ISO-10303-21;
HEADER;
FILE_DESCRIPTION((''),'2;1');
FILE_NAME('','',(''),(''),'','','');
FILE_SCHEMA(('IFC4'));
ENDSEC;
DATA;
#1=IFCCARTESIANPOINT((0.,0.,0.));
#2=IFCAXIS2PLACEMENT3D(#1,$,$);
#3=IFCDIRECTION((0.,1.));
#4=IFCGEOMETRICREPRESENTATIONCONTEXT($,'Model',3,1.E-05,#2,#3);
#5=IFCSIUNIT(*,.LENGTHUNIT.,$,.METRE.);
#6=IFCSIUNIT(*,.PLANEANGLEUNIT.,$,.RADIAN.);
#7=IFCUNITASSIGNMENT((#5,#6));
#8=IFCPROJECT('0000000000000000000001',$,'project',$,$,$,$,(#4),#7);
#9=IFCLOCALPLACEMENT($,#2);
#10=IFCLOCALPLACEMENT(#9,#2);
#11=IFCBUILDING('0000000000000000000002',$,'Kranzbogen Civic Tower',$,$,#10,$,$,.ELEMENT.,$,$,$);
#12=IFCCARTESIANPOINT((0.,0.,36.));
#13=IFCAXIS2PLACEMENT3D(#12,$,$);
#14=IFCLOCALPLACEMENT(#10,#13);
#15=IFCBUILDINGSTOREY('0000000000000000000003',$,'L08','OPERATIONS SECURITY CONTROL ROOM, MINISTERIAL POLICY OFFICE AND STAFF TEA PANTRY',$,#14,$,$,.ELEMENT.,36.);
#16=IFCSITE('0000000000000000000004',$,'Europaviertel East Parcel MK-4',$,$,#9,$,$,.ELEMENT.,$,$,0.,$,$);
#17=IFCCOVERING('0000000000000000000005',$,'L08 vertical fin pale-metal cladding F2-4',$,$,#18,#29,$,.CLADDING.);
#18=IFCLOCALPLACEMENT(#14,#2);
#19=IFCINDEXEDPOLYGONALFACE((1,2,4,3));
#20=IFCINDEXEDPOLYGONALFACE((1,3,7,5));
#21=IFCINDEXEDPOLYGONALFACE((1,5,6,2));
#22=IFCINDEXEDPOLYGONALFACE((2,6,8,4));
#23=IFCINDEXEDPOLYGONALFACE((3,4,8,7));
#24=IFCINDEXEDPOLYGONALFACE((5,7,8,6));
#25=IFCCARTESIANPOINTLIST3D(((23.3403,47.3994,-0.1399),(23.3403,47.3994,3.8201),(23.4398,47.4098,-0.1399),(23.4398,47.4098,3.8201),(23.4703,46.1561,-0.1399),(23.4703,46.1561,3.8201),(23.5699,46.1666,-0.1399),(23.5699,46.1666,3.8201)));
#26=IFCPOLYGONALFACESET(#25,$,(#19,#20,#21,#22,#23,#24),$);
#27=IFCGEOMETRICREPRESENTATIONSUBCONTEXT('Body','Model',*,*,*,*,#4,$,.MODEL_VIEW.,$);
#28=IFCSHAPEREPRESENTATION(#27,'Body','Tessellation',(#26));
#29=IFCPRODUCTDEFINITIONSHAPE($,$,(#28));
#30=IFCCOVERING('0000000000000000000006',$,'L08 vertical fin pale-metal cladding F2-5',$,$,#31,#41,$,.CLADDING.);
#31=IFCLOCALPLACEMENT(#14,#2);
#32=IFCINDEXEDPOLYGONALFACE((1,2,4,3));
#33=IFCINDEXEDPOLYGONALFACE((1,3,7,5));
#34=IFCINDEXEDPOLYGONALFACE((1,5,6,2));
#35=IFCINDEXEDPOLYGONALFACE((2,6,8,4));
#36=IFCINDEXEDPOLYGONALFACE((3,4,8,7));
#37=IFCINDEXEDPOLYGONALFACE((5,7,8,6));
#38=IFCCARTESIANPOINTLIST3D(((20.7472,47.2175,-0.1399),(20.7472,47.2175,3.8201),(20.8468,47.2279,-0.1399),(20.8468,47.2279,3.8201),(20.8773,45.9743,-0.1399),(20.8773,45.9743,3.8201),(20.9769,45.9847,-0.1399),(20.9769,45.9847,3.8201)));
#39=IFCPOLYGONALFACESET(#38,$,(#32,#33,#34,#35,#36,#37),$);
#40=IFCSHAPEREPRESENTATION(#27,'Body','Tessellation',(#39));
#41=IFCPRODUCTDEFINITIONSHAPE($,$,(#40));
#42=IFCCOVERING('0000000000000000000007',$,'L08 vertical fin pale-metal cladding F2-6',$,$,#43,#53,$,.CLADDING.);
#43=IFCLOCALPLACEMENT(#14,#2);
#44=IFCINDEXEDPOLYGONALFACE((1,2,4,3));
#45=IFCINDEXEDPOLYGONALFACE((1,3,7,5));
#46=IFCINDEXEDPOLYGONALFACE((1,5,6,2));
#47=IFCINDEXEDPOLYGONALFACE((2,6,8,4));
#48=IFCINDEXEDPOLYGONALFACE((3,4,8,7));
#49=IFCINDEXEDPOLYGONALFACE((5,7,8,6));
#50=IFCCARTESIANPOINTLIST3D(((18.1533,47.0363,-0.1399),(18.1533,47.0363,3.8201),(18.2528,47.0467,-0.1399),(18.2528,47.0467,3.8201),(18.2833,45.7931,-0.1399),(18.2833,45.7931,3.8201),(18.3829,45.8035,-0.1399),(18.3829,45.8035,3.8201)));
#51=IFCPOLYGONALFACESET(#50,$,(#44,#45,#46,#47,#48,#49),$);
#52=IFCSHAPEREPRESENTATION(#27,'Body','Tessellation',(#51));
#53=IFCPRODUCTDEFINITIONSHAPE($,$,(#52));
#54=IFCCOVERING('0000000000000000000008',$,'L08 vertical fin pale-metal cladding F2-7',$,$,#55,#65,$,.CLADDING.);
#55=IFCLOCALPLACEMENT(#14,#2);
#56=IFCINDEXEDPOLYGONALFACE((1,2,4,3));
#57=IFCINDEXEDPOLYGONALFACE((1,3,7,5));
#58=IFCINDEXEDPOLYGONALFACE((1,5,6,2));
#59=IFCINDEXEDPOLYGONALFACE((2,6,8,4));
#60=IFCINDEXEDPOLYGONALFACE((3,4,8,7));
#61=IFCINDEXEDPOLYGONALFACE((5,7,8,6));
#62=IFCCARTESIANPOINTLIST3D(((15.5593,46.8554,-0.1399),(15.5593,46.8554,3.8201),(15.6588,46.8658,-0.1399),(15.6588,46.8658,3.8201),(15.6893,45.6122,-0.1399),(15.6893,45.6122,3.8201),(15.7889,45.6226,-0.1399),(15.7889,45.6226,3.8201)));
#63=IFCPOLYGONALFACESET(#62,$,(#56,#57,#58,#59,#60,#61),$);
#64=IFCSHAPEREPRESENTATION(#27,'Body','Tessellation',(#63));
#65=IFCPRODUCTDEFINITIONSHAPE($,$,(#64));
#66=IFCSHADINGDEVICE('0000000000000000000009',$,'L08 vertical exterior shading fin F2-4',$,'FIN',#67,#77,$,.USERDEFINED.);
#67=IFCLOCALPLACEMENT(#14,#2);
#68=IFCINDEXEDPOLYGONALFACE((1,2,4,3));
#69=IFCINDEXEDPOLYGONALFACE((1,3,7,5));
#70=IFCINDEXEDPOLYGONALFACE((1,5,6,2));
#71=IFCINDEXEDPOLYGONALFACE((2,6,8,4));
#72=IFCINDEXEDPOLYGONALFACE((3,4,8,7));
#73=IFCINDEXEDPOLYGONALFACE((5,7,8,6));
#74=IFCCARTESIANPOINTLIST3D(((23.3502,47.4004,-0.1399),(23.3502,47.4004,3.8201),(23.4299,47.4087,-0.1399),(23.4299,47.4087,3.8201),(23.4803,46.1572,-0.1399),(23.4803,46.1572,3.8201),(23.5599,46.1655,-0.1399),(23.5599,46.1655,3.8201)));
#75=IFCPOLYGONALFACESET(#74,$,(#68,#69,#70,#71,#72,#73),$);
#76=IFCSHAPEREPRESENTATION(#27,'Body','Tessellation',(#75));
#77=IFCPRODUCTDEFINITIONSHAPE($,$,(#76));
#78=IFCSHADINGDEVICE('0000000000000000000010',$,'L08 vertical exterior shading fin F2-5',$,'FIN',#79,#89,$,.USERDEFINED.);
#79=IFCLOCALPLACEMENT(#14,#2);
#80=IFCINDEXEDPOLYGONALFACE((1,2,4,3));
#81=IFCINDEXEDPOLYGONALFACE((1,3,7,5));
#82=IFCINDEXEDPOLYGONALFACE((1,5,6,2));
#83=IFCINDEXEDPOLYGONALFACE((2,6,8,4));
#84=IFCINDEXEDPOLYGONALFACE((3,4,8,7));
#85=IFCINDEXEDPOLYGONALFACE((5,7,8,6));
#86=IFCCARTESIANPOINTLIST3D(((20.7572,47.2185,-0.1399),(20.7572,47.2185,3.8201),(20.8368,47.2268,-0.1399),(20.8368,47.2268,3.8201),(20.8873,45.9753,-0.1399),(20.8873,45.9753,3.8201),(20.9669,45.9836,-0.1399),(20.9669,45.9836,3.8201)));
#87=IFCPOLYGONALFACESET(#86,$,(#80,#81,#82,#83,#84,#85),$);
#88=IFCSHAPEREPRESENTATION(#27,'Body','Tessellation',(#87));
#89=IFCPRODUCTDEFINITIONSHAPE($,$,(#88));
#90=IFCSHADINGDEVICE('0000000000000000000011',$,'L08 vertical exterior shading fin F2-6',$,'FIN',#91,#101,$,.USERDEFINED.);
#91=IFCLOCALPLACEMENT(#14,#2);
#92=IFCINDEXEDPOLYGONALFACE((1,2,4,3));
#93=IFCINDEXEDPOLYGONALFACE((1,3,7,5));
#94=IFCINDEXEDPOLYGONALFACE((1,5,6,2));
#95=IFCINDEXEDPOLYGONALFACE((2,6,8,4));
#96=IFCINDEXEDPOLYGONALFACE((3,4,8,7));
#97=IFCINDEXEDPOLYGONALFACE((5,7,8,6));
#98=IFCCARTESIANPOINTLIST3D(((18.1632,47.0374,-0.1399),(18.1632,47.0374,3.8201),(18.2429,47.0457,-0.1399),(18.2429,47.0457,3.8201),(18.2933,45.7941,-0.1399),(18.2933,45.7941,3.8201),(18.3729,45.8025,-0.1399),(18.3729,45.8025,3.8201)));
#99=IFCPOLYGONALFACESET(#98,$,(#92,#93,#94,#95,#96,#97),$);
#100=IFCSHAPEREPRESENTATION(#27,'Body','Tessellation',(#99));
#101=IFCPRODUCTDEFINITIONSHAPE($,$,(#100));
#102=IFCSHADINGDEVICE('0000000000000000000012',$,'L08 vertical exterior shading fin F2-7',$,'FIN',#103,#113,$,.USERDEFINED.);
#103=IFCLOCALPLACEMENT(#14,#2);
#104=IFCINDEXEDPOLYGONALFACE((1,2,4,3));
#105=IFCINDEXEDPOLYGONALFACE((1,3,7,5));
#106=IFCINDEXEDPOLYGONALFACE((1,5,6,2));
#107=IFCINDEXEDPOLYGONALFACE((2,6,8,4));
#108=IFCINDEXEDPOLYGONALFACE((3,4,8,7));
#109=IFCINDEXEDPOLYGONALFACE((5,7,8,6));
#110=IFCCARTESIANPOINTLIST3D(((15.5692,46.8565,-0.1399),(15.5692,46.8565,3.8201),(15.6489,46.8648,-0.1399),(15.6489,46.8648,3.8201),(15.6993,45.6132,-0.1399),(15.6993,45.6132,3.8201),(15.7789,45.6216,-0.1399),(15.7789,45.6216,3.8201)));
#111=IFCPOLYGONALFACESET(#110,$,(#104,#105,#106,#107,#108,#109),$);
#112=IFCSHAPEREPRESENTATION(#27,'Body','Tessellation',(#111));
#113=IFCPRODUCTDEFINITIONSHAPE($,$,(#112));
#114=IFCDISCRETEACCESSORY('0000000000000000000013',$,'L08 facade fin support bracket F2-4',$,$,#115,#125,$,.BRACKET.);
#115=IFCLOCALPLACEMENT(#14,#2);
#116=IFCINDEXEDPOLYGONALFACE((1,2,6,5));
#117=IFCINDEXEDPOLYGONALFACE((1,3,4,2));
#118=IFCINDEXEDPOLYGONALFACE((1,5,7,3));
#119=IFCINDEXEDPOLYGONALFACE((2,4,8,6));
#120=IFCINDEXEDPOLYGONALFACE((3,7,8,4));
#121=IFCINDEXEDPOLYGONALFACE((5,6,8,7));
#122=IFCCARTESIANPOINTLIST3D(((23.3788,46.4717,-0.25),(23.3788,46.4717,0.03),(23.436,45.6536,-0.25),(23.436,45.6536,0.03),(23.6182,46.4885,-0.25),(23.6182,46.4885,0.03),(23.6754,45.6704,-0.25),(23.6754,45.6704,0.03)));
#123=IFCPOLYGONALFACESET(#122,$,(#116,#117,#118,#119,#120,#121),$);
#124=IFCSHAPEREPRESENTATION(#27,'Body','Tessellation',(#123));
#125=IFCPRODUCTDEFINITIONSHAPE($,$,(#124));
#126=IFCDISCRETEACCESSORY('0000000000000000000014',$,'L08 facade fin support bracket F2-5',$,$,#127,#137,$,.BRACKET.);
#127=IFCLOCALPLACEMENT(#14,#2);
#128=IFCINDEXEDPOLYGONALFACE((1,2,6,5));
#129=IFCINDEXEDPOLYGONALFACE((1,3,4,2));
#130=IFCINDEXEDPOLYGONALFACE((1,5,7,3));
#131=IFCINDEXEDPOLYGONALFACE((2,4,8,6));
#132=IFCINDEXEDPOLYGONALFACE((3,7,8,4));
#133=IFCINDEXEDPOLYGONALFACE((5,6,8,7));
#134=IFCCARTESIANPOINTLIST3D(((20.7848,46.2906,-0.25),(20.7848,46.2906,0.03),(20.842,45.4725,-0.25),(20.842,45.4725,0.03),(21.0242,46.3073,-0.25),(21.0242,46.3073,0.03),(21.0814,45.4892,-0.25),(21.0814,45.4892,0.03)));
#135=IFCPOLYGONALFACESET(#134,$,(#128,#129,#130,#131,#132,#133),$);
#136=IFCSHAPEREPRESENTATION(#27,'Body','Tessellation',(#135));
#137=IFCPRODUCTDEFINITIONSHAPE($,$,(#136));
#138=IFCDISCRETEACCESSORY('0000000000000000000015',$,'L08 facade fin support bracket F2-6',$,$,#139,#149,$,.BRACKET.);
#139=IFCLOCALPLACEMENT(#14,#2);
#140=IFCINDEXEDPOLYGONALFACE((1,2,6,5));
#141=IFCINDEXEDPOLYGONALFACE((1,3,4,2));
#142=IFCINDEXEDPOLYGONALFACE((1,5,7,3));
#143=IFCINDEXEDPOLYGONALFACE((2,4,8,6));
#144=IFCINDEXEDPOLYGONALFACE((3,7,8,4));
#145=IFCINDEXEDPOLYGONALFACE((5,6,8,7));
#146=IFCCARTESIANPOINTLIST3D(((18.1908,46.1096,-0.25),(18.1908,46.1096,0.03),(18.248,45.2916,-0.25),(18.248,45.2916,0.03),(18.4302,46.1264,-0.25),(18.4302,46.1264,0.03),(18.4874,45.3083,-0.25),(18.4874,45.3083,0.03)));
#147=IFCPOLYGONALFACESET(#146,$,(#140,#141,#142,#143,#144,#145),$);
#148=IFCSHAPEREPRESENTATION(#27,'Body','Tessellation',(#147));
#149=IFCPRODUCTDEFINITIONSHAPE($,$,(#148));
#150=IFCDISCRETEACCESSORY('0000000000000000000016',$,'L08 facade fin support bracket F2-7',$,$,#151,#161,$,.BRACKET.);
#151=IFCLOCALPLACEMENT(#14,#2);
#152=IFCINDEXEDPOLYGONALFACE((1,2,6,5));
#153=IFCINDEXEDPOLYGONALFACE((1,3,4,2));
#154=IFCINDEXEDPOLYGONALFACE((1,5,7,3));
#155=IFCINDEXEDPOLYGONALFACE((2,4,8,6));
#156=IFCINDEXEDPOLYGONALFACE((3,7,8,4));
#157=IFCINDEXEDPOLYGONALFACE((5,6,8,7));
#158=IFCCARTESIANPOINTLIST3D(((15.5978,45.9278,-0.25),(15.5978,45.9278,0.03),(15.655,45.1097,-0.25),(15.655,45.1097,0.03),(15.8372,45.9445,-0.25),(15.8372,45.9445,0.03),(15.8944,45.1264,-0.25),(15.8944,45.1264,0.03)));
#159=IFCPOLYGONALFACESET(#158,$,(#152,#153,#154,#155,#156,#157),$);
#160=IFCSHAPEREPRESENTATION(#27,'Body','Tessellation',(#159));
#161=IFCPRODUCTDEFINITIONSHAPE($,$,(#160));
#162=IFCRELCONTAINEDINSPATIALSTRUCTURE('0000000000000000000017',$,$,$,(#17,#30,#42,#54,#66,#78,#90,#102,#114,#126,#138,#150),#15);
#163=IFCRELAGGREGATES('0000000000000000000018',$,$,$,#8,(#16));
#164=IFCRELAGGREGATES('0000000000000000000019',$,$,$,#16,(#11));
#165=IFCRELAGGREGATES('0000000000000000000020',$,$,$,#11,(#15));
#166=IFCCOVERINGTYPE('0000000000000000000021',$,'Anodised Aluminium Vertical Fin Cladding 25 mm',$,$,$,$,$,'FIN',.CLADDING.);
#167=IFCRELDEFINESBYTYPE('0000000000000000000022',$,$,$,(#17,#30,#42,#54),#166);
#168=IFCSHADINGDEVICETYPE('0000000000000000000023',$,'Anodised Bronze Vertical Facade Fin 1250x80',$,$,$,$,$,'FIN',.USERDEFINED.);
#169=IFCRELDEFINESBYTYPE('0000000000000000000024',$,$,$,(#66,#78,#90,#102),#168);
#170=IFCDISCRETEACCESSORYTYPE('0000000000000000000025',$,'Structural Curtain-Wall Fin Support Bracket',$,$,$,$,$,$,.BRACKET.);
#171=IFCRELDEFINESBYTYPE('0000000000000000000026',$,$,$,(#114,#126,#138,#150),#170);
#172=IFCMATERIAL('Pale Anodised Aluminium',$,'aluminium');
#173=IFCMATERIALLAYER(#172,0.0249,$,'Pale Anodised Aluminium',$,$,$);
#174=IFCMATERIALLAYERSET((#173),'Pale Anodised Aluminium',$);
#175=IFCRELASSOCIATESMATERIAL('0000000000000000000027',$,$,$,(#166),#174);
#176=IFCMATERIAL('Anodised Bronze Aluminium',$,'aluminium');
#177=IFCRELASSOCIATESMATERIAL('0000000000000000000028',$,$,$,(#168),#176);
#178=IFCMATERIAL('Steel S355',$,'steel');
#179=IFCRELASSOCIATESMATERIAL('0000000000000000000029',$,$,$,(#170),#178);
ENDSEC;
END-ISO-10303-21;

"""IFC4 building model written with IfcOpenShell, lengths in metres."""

from ifc_helpers import new_model, si_unit, direction, frame, origin, origin_2d, place, context, subcontext, project, spatial, rectangle, extrude, material, layer, layer_set, type_object, element, save


model = new_model("IFC4")

# Units and contexts
model_context = context("Model", 3, precision=1e-05, world=origin(), true_north=direction((0.0, 1.0)))
body_context = subcontext(model_context, "Body", "Model", "MODEL_VIEW")
ifc_project = project(units=[si_unit("LENGTHUNIT", "METRE"), si_unit("PLANEANGLEUNIT", "RADIAN")], contexts=[model_context])

# Site, building, storey
site_placement = place(None, origin())
site = spatial("IfcSite", under=ifc_project, at=site_placement, Name="Europaviertel East Parcel MK-4", CompositionType="ELEMENT", RefElevation=0.0)
building_placement = place(site_placement, origin())
building = spatial("IfcBuilding", under=site, at=building_placement, Name="Kranzbogen Civic Tower", CompositionType="ELEMENT")
storey_placement = place(building_placement, frame((0.0, 0.0, 36.0)))
storey = spatial("IfcBuildingStorey", under=building, at=storey_placement, Name="L08", Description="OPERATIONS SECURITY CONTROL ROOM, MINISTERIAL POLICY OFFICE AND STAFF TEA PANTRY", CompositionType="ELEMENT", Elevation=36.0)

# Shared definitions
ifc_material_1 = material(Name="Steel S355", Category="steel")

# Shared definitions
ifc_material_2 = material(Name="Pale Anodised Aluminium", Category="aluminium")

# Coverings
ifc_layer_1 = layer(ifc_material_2, 0.0249, Name="Pale Anodised Aluminium")
ifc_layer_set_1 = layer_set([ifc_layer_1], Name="Pale Anodised Aluminium")
covering_type = type_object("IfcCoveringType", Name="Anodised Aluminium Vertical Fin Cladding 25 mm", ElementType="FIN", PredefinedType="CLADDING", material=ifc_layer_set_1)
for number, where, z_axis, x_axis, name in (
    (1, (23.4551, 46.783, -0.1399), (0.0, 0.0, 1.0), (-0.10406, 0.994571, 0.0), "L08 vertical fin pale-metal cladding F2-4"),
    (2, (20.8621, 46.6011, -0.1399), (0.0, 0.0, 1.0), (-0.10406, 0.994571, 0.0), "L08 vertical fin pale-metal cladding F2-5"),
    (3, (18.2681, 46.4199, -0.1399), (0.0, 0.0, 1.0), (-0.10406, 0.994571, 0.0), "L08 vertical fin pale-metal cladding F2-6"),
    (4, (15.6741, 46.239, -0.1399), (0.0, 0.0, 1.0), (-0.10406, 0.994571, 0.0), "L08 vertical fin pale-metal cladding F2-7"),
):
    element("IfcCovering", number, at=place(storey_placement, frame(where, z_axis=z_axis, x_axis=x_axis)), inside=storey, type_object=covering_type, Name=name, PredefinedType="CLADDING", context=body_context, shape_type="SweptSolid", body=[
        extrude(rectangle(XDim=1.25, YDim=0.1001, at=origin_2d()), origin(), (0.0, 0.0, 1.0), 3.96),
    ])

# Shading devices
ifc_material_3 = material(Name="Anodised Bronze Aluminium", Category="aluminium")
shading_device_type = type_object("IfcShadingDeviceType", Name="Anodised Bronze Vertical Facade Fin 1250x80", ElementType="FIN", PredefinedType="USERDEFINED", material=ifc_material_3)
for number, where, z_axis, x_axis, name in (
    (5, (23.4551, 46.783, -0.1399), (0.0, 0.0, 1.0), (-0.10406, 0.994571, 0.0), "L08 vertical exterior shading fin F2-4"),
    (6, (20.8621, 46.6011, -0.1399), (0.0, 0.0, 1.0), (-0.10406, 0.994571, 0.0), "L08 vertical exterior shading fin F2-5"),
    (7, (18.2681, 46.4199, -0.1399), (0.0, 0.0, 1.0), (-0.10406, 0.994571, 0.0), "L08 vertical exterior shading fin F2-6"),
    (8, (15.6741, 46.239, -0.1399), (0.0, 0.0, 1.0), (-0.10406, 0.994571, 0.0), "L08 vertical exterior shading fin F2-7"),
):
    element("IfcShadingDevice", number, at=place(storey_placement, frame(where, z_axis=z_axis, x_axis=x_axis)), inside=storey, type_object=shading_device_type, Name=name, ObjectType="FIN", PredefinedType="USERDEFINED", context=body_context, shape_type="SweptSolid", body=[
        extrude(rectangle(XDim=1.25, YDim=0.0801, at=origin_2d()), origin(), (0.0, 0.0, 1.0), 3.96),
    ])

# Discrete accessories
discrete_accessory_type = type_object("IfcDiscreteAccessoryType", Name="Structural Curtain-Wall Fin Support Bracket", PredefinedType="BRACKET", material=ifc_material_1)
for number, where, z_axis, x_axis, name in (
    (9, (23.5271, 46.071, -0.25), (0.0, 0.0, 1.0), (-0.069756, 0.997564, 0.0), "L08 facade fin support bracket F2-4"),
    (10, (20.9331, 45.8899, -0.25), (0.0, 0.0, 1.0), (-0.069756, 0.997564, 0.0), "L08 facade fin support bracket F2-5"),
    (11, (18.3391, 45.709, -0.25), (0.0, 0.0, 1.0), (-0.069756, 0.997564, 0.0), "L08 facade fin support bracket F2-6"),
    (12, (15.7461, 45.5271, -0.25), (0.0, 0.0, 1.0), (-0.069756, 0.997564, 0.0), "L08 facade fin support bracket F2-7"),
):
    element("IfcDiscreteAccessory", number, at=place(storey_placement, frame(where, z_axis=z_axis, x_axis=x_axis)), inside=storey, type_object=discrete_accessory_type, Name=name, PredefinedType="BRACKET", context=body_context, shape_type="SweptSolid", body=[
        extrude(rectangle(XDim=0.8201, YDim=0.24, at=origin_2d()), origin(), (0.0, 0.0, 1.0), 0.28),
    ])

save(model, "model.ifc")
